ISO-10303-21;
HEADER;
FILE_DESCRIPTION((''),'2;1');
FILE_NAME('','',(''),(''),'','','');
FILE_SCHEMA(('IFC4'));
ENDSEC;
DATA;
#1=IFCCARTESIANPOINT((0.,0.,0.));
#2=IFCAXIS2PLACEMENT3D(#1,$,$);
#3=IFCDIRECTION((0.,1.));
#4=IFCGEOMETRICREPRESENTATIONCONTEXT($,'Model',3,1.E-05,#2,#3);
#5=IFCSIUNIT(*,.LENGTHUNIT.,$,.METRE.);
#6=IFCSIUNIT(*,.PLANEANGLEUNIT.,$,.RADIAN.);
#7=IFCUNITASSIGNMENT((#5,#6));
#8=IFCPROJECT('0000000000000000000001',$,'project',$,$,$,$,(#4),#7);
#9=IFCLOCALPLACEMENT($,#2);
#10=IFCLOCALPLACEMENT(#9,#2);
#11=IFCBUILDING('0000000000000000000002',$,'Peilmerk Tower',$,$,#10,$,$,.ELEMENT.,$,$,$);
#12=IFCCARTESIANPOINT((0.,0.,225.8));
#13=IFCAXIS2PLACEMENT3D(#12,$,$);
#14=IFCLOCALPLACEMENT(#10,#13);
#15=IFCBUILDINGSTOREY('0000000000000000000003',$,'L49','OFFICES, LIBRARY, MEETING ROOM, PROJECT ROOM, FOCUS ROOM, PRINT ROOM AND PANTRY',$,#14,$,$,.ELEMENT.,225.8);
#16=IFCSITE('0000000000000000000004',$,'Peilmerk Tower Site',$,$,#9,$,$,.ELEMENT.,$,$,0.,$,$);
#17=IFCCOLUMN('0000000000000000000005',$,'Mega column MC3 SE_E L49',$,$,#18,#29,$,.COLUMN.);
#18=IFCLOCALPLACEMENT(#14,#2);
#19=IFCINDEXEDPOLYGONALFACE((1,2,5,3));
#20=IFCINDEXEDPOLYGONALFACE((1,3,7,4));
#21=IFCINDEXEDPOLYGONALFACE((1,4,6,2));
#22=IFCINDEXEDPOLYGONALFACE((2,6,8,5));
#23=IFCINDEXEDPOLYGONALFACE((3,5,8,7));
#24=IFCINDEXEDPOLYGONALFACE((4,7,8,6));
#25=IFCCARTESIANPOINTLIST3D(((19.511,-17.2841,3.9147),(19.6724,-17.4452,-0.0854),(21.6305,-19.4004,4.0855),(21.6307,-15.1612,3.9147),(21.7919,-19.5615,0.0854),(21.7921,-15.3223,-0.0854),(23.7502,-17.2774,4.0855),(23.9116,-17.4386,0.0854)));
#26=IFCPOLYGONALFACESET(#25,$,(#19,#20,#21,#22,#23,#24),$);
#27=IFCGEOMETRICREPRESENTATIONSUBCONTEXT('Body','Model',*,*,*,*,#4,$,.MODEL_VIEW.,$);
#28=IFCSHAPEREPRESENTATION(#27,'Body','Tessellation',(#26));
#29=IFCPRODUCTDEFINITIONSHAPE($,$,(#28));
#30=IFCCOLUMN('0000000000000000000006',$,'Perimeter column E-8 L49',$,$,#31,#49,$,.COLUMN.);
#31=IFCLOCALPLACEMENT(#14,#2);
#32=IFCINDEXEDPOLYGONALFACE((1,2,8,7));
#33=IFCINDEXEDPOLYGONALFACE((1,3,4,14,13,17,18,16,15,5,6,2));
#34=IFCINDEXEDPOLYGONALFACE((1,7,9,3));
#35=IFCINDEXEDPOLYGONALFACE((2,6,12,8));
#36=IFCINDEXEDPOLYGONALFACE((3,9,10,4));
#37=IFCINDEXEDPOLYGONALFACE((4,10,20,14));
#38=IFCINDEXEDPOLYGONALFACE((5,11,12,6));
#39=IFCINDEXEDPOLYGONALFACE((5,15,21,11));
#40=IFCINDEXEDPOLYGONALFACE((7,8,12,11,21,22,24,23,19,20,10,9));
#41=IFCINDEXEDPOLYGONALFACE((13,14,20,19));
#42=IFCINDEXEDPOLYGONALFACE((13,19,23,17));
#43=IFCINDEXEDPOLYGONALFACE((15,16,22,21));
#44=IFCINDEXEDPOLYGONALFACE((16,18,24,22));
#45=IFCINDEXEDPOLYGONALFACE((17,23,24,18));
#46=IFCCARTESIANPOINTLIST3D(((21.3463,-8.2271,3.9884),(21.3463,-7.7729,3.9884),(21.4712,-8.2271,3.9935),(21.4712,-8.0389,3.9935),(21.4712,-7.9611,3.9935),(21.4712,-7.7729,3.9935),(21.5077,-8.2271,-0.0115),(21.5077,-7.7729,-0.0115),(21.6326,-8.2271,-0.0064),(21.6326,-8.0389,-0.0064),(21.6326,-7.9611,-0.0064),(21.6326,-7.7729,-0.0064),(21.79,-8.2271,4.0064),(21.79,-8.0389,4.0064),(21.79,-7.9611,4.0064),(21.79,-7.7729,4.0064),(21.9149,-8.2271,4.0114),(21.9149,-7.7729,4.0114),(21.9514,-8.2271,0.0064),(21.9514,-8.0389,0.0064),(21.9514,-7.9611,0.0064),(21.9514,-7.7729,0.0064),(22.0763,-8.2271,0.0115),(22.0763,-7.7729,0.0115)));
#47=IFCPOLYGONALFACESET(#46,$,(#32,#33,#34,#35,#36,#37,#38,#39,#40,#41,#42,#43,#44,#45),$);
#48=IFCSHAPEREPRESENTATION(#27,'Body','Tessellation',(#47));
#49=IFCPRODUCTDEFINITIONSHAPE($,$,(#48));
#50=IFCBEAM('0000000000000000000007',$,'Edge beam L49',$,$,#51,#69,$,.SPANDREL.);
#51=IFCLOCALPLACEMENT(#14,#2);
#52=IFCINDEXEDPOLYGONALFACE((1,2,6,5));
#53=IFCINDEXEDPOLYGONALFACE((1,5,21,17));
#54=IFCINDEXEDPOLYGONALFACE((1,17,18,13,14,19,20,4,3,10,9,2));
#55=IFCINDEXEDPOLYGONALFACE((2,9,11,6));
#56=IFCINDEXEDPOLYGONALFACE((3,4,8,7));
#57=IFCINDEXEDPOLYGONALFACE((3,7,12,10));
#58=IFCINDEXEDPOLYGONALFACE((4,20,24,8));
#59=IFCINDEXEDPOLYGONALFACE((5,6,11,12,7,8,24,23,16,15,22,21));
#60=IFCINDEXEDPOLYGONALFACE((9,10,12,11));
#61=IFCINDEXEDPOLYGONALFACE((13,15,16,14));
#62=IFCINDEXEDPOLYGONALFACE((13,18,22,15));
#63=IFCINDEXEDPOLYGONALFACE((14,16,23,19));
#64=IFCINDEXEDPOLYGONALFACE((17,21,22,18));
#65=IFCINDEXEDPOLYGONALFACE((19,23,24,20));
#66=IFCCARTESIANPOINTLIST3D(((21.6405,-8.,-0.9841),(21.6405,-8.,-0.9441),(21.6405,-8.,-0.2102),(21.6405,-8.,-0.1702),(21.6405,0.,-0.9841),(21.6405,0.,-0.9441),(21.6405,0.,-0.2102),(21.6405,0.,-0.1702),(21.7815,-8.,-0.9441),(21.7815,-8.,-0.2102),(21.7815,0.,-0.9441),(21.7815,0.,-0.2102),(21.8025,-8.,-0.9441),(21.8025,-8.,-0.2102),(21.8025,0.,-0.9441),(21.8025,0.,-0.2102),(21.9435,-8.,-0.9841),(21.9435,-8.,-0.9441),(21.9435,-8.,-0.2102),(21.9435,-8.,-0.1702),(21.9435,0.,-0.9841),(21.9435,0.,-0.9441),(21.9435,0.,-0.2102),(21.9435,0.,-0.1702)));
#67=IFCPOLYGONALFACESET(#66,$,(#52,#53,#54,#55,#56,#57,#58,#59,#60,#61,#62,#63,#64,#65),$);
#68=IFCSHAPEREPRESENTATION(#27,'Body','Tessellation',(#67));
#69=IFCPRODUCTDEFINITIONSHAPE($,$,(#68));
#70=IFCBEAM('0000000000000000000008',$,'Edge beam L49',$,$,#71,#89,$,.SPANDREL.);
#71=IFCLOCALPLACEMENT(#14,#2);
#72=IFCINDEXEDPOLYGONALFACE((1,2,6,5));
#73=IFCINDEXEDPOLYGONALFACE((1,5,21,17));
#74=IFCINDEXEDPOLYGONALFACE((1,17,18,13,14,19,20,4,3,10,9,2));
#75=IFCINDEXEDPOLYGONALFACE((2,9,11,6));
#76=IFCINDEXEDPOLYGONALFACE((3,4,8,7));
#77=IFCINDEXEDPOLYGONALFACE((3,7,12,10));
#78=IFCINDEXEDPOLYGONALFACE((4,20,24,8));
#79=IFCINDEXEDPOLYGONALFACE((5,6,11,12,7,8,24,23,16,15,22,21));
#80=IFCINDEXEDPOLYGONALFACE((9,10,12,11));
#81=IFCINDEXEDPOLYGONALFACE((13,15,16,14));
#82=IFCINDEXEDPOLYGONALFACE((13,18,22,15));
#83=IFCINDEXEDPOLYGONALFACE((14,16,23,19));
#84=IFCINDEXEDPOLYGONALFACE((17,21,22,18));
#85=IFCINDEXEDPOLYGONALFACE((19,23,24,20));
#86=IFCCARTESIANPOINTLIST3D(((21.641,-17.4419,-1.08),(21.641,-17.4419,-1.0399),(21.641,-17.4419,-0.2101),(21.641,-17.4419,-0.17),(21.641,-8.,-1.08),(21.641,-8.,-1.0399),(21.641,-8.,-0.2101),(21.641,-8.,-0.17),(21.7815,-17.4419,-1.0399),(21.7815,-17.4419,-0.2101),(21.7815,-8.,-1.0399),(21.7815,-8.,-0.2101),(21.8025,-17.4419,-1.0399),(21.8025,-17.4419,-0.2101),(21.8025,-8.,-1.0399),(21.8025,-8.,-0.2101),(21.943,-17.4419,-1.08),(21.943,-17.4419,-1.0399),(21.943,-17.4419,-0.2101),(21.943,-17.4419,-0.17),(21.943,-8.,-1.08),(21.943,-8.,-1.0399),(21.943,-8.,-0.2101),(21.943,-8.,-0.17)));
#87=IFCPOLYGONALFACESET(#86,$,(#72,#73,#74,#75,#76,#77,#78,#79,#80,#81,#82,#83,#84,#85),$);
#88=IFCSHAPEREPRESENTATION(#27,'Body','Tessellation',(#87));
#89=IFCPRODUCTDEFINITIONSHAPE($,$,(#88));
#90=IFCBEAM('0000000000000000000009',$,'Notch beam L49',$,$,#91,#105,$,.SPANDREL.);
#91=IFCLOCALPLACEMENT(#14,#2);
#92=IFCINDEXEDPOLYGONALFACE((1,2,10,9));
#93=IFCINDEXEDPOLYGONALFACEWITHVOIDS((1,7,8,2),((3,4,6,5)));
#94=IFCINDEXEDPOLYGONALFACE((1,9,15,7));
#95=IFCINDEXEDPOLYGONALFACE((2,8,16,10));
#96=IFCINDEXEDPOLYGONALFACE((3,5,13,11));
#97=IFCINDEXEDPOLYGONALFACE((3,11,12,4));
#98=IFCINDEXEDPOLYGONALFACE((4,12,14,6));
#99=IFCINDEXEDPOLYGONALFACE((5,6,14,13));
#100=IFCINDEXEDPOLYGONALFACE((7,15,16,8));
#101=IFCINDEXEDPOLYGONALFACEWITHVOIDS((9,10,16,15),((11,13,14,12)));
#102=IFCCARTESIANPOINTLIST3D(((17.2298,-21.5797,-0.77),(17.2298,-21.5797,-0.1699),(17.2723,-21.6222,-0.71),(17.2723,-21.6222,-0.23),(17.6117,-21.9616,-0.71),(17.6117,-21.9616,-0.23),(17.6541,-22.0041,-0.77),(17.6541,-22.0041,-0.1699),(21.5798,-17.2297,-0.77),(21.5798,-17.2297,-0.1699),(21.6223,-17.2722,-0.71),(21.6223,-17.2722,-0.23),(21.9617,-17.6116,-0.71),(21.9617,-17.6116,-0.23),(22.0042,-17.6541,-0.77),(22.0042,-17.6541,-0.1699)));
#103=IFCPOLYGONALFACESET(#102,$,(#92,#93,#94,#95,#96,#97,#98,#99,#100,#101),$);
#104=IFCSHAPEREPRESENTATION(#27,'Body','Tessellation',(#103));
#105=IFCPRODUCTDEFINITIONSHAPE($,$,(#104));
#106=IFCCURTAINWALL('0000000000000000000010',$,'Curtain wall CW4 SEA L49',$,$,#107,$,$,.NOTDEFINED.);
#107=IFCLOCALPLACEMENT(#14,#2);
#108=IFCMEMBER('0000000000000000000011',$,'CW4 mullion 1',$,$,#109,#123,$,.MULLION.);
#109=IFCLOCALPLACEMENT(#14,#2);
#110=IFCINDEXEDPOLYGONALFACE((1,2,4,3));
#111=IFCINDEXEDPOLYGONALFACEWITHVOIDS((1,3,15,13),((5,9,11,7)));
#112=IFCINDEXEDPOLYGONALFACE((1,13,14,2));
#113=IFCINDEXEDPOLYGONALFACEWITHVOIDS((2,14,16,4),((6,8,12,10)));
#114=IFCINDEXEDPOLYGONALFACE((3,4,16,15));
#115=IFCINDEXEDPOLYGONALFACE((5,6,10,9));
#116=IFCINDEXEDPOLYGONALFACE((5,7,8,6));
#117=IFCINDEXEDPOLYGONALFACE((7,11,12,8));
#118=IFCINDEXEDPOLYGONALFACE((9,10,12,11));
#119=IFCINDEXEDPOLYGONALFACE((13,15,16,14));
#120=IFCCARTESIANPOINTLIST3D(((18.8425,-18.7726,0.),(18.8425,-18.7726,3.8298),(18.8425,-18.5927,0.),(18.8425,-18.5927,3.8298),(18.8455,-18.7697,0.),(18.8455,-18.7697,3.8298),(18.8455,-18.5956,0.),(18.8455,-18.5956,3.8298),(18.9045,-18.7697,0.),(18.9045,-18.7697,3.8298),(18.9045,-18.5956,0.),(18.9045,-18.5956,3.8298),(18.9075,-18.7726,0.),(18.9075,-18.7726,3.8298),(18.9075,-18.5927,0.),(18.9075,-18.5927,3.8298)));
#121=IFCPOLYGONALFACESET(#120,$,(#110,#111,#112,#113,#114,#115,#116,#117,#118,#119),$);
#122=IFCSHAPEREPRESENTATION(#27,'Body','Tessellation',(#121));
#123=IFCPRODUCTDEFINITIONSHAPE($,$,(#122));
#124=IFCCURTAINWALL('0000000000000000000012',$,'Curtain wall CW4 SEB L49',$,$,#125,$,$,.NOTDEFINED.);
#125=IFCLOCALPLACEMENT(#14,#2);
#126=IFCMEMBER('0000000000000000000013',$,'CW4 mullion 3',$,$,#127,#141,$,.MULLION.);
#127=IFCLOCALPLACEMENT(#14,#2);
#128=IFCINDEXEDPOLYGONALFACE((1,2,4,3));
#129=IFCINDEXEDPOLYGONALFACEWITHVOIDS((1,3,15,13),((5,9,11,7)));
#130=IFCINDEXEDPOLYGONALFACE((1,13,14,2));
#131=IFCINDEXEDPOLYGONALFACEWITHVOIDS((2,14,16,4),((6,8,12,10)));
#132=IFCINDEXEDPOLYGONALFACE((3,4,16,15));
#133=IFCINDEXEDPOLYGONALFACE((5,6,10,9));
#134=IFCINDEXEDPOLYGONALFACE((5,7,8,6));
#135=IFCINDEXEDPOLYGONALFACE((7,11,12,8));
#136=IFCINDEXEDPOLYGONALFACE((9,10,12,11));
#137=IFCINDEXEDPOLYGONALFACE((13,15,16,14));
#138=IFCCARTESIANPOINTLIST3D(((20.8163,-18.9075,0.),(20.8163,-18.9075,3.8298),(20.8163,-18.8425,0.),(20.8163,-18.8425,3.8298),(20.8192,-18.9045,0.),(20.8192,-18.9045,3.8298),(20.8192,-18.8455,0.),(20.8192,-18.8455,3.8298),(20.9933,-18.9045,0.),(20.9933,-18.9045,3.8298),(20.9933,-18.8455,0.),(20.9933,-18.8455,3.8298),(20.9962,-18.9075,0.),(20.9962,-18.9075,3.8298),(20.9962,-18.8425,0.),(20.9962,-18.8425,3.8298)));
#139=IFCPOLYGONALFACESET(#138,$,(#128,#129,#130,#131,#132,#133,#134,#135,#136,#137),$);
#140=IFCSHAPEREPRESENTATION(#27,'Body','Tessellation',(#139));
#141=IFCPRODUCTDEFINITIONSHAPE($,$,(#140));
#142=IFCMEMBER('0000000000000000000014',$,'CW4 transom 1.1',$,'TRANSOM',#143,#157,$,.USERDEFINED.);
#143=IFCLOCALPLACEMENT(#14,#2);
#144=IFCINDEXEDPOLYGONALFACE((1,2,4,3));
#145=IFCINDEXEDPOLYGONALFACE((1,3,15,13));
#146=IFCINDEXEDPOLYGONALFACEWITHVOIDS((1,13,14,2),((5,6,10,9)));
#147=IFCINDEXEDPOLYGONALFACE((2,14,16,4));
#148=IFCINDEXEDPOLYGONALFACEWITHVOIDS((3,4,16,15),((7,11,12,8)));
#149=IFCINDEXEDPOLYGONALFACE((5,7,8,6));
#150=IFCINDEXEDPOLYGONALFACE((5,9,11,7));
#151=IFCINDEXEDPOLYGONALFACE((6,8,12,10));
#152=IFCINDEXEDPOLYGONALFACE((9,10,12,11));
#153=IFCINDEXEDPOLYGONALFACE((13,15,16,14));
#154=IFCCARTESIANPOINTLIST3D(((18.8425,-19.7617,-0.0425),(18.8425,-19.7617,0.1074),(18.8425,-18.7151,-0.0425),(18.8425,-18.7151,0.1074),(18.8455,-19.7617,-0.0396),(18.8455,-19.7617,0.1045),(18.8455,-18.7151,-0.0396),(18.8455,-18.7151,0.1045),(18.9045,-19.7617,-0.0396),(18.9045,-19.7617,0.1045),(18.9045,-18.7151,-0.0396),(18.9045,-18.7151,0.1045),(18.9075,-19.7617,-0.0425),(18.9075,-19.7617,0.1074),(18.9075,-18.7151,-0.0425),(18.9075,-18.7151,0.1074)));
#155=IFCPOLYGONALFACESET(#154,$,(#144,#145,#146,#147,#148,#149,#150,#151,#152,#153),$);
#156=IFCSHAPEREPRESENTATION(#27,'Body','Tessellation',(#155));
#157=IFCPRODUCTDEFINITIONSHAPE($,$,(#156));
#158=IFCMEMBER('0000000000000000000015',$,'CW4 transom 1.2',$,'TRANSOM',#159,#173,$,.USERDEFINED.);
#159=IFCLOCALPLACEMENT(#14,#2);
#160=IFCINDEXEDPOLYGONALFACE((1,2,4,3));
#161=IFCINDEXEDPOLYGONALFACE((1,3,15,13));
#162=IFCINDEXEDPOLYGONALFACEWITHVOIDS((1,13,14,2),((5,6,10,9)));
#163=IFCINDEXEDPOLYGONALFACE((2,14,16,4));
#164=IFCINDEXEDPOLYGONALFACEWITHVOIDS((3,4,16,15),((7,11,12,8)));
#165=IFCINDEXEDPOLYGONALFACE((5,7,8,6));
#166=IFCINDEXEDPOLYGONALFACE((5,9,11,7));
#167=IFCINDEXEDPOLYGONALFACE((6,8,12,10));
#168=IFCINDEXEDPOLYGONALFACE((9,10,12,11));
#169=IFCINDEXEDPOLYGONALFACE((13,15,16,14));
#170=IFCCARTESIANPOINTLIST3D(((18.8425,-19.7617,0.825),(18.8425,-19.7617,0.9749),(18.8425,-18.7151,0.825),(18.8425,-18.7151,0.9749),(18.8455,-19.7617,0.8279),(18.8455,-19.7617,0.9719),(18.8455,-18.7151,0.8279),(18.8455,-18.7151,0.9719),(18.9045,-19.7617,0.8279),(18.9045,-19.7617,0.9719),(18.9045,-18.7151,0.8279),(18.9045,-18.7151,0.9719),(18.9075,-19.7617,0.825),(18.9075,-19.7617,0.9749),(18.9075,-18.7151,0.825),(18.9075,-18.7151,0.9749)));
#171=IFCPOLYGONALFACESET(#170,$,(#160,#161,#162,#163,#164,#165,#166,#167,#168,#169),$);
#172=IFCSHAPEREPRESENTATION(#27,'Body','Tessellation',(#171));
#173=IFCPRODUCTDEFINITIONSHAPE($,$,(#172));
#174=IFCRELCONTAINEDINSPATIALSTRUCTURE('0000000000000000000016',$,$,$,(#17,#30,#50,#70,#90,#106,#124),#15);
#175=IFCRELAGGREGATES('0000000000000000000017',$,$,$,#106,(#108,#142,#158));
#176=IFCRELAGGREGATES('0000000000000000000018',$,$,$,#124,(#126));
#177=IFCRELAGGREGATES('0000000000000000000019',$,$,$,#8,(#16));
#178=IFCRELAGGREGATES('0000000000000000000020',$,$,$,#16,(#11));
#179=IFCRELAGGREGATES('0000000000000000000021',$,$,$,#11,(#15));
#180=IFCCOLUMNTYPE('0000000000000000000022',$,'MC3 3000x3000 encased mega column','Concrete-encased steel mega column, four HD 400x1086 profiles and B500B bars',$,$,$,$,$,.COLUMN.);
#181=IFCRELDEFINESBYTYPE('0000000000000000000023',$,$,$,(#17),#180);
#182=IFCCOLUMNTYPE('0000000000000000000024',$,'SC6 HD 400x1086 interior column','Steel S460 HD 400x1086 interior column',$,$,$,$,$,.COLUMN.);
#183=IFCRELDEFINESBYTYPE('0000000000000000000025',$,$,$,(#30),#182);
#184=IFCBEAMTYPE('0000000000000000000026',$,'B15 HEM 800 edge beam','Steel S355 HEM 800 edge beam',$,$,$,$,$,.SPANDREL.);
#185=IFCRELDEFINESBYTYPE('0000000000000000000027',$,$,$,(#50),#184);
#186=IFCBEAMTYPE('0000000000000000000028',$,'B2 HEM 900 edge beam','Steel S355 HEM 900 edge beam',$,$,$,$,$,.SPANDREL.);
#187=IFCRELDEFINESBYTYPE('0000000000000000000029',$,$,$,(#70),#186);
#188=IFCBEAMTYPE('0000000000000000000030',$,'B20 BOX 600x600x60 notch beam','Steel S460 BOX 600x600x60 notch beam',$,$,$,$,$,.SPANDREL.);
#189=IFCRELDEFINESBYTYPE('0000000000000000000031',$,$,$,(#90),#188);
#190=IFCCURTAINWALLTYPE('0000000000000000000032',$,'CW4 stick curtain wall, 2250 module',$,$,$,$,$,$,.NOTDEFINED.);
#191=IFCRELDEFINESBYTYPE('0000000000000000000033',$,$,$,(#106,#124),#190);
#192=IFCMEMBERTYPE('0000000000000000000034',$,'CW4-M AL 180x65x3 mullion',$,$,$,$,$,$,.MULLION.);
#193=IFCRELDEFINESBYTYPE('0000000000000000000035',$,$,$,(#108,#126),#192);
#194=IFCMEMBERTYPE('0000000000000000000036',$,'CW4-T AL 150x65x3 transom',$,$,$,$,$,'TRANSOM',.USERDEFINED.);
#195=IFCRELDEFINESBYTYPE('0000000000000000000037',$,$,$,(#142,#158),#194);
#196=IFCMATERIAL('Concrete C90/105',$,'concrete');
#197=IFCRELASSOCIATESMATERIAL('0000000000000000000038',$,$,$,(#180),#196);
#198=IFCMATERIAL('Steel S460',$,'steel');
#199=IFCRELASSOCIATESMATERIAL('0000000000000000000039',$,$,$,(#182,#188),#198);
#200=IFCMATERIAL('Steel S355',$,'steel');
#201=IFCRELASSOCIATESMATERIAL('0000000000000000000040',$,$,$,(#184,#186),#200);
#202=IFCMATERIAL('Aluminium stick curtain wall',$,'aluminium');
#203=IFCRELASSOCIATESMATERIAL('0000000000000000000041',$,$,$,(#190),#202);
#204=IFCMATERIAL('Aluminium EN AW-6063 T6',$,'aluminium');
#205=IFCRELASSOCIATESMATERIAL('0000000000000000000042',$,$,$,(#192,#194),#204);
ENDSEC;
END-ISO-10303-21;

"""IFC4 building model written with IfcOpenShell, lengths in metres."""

from ifc_helpers import new_model, si_unit, direction, frame, origin, origin_2d, place, context, subcontext, project, spatial, rectangle, hollow_rectangle, i_section, extrude, material, material_profile, profile_set, type_object, element, aggregate, save


model = new_model("IFC4")

# Units and contexts
model_context = context("Model", 3, precision=1e-05, world=origin(), true_north=direction((0.0, 1.0)))
body_context = subcontext(model_context, "Body", "Model", "MODEL_VIEW")
ifc_project = project(units=[si_unit("LENGTHUNIT", "METRE"), si_unit("PLANEANGLEUNIT", "RADIAN")], contexts=[model_context])

# Site, building, storey
site_placement = place(None, origin())
site = spatial("IfcSite", under=ifc_project, at=site_placement, Name="Peilmerk Tower Site", CompositionType="ELEMENT", RefElevation=0.0)
building_placement = place(site_placement, origin())
building = spatial("IfcBuilding", under=site, at=building_placement, Name="Peilmerk Tower", CompositionType="ELEMENT")
storey_placement = place(building_placement, frame((0.0, 0.0, 225.8)))
storey = spatial("IfcBuildingStorey", under=building, at=storey_placement, Name="L49", Description="OFFICES, LIBRARY, MEETING ROOM, PROJECT ROOM, FOCUS ROOM, PRINT ROOM AND PANTRY", CompositionType="ELEMENT", Elevation=225.8)

# Columns
ifc_material_1 = material(Name="Concrete C90/105", Category="concrete")
ifc_material_profile_1 = material_profile(ifc_material_1, rectangle(XDim=3.0, YDim=3.0, at=origin_2d()), Name="RC 3000x3000")
ifc_profile_set_1 = profile_set([ifc_material_profile_1], Name="Concrete C90/105")
column_type_1 = type_object("IfcColumnType", Name="MC3 3000x3000 encased mega column", Description="Concrete-encased steel mega column, four HD 400x1086 profiles and B500B bars", PredefinedType="COLUMN", material=ifc_profile_set_1)
column_1_placement = place(storey_placement, frame((21.792, -17.4419, 0.0), z_axis=(-0.040279, 0.040218, 0.998379), x_axis=(-0.706571, -0.707642, 0.0)))
element("IfcColumn", 1, at=column_1_placement, inside=storey, type_object=column_type_1, Name="Mega column MC3 SE_E L49", PredefinedType="COLUMN", context=body_context, shape_type="SweptSolid", body=[
    extrude(rectangle(XDim=3.0, YDim=3.0, at=origin_2d()), origin(), (0.0, 0.0, 1.0), 4.0066),
])
ifc_material_2 = material(Name="Steel S460", Category="steel")
ifc_material_profile_2 = material_profile(ifc_material_2, i_section(OverallWidth=0.4541, OverallDepth=0.5691, WebThickness=0.0779, FlangeThickness=0.125, at=origin_2d()), Name="HD 400x1086")
ifc_profile_set_2 = profile_set([ifc_material_profile_2], Name="Steel S460")
column_type_2 = type_object("IfcColumnType", Name="SC6 HD 400x1086 interior column", Description="Steel S460 HD 400x1086 interior column", PredefinedType="COLUMN", material=ifc_profile_set_2)
column_2_placement = place(storey_placement, frame((21.792, -8.0, 0.0), z_axis=(-0.040311, 0.0, 0.999187), x_axis=(0.0, -1.0, 0.0)))
element("IfcColumn", 2, at=column_2_placement, inside=storey, type_object=column_type_2, Name="Perimeter column E-8 L49", PredefinedType="COLUMN", context=body_context, shape_type="SweptSolid", body=[
    extrude(i_section(OverallWidth=0.4541, OverallDepth=0.5691, WebThickness=0.0779, FlangeThickness=0.125, at=origin_2d()), origin(), (0.0, 0.0, 1.0), 4.0032),
])

# Beams
ifc_material_3 = material(Name="Steel S355", Category="steel")
ifc_material_profile_3 = material_profile(ifc_material_3, i_section(OverallWidth=0.303, OverallDepth=0.814, WebThickness=0.021, FlangeThickness=0.04, at=origin_2d()), Name="HEM 800")
ifc_profile_set_3 = profile_set([ifc_material_profile_3], Name="Steel S355")
beam_type_1 = type_object("IfcBeamType", Name="B15 HEM 800 edge beam", Description="Steel S355 HEM 800 edge beam", PredefinedType="SPANDREL", material=ifc_profile_set_3)
beam_1_placement = place(storey_placement, frame((21.792, -8.0, -0.5771), z_axis=(0.0, 1.0, 0.0), x_axis=(-1.0, 0.0, 0.0)))
element("IfcBeam", 3, at=beam_1_placement, inside=storey, type_object=beam_type_1, Name="Edge beam L49", PredefinedType="SPANDREL", context=body_context, shape_type="SweptSolid", body=[
    extrude(i_section(OverallWidth=0.303, OverallDepth=0.814, WebThickness=0.021, FlangeThickness=0.04, at=origin_2d()), origin(), (0.0, 0.0, 1.0), 8.0),
])
ifc_material_profile_4 = material_profile(ifc_material_3, i_section(OverallWidth=0.302, OverallDepth=0.9099, WebThickness=0.021, FlangeThickness=0.04, at=origin_2d()), Name="HEM 900")
ifc_profile_set_4 = profile_set([ifc_material_profile_4], Name="Steel S355")
beam_type_2 = type_object("IfcBeamType", Name="B2 HEM 900 edge beam", Description="Steel S355 HEM 900 edge beam", PredefinedType="SPANDREL", material=ifc_profile_set_4)
beam_2_placement = place(storey_placement, frame((21.792, -17.4419, -0.625), z_axis=(0.0, 1.0, 0.0), x_axis=(-1.0, 0.0, 0.0)))
element("IfcBeam", 4, at=beam_2_placement, inside=storey, type_object=beam_type_2, Name="Edge beam L49", PredefinedType="SPANDREL", context=body_context, shape_type="SweptSolid", body=[
    extrude(i_section(OverallWidth=0.302, OverallDepth=0.9099, WebThickness=0.021, FlangeThickness=0.04, at=origin_2d()), origin(), (0.0, 0.0, 1.0), 9.4419),
])
ifc_material_profile_5 = material_profile(ifc_material_2, hollow_rectangle(XDim=0.6001, YDim=0.6001, WallThickness=0.0601, at=origin_2d()), Name="BOX 600x600x60")
ifc_profile_set_5 = profile_set([ifc_material_profile_5], Name="Steel S460")
beam_type_3 = type_object("IfcBeamType", Name="B20 BOX 600x600x60 notch beam", Description="Steel S460 BOX 600x600x60 notch beam", PredefinedType="SPANDREL", material=ifc_profile_set_5)
beam_3_placement = place(storey_placement, frame((21.792, -17.4419, -0.47), z_axis=(-0.707107, -0.707107, 0.0), x_axis=(0.707107, -0.707107, 0.0)))
element("IfcBeam", 5, at=beam_3_placement, inside=storey, type_object=beam_type_3, Name="Notch beam L49", PredefinedType="SPANDREL", context=body_context, shape_type="SweptSolid", body=[
    extrude(hollow_rectangle(XDim=0.6001, YDim=0.6001, WallThickness=0.0601, at=origin_2d()), origin(), (0.0, 0.0, 1.0), 6.1519),
])

# Curtain walls, members
ifc_material_4 = material(Name="Aluminium stick curtain wall", Category="aluminium")
curtain_wall_type = type_object("IfcCurtainWallType", Name="CW4 stick curtain wall, 2250 module", PredefinedType="NOTDEFINED", material=ifc_material_4)
curtain_wall_1_placement = place(storey_placement, origin())
curtain_wall_1 = element("IfcCurtainWall", 6, at=curtain_wall_1_placement, inside=storey, type_object=curtain_wall_type, Name="Curtain wall CW4 SEA L49", PredefinedType="NOTDEFINED")
ifc_material_5 = material(Name="Aluminium EN AW-6063 T6", Category="aluminium")
ifc_material_profile_6 = material_profile(ifc_material_5, hollow_rectangle(XDim=0.0649, YDim=0.1799, WallThickness=0.0029, at=origin_2d()), Name="AL 180x65x3")
ifc_profile_set_6 = profile_set([ifc_material_profile_6], Name="Aluminium EN AW-6063 T6")
member_type_1 = type_object("IfcMemberType", Name="CW4-M AL 180x65x3 mullion", PredefinedType="MULLION", material=ifc_profile_set_6)
member_1_placement = place(storey_placement, frame((18.875, -18.6826, 0.0), z_axis=(0.0, 0.0, 1.0), x_axis=(1.0, 0.0, 0.0)))
member_1 = element("IfcMember", 7, at=member_1_placement, type_object=member_type_1, Name="CW4 mullion 1", PredefinedType="MULLION", context=body_context, shape_type="SweptSolid", body=[
    extrude(hollow_rectangle(XDim=0.0649, YDim=0.1799, WallThickness=0.0029, at=origin_2d()), origin(), (0.0, 0.0, 1.0), 3.8298),
])
curtain_wall_2_placement = place(storey_placement, origin())
curtain_wall_2 = element("IfcCurtainWall", 8, at=curtain_wall_2_placement, inside=storey, type_object=curtain_wall_type, Name="Curtain wall CW4 SEB L49", PredefinedType="NOTDEFINED")
member_2_placement = place(storey_placement, frame((20.9062, -18.875, 0.0), z_axis=(0.0, 0.0, 1.0), x_axis=(0.0, 1.0, 0.0)))
member_2 = element("IfcMember", 9, at=member_2_placement, type_object=member_type_1, Name="CW4 mullion 3", PredefinedType="MULLION", context=body_context, shape_type="SweptSolid", body=[
    extrude(hollow_rectangle(XDim=0.0649, YDim=0.1799, WallThickness=0.0029, at=origin_2d()), origin(), (0.0, 0.0, 1.0), 3.8298),
])

# Members
ifc_material_profile_7 = material_profile(ifc_material_5, hollow_rectangle(XDim=0.0649, YDim=0.1499, WallThickness=0.0029, at=origin_2d()), Name="AL 150x65x3")
ifc_profile_set_7 = profile_set([ifc_material_profile_7], Name="Aluminium EN AW-6063 T6")
member_type_2 = type_object("IfcMemberType", Name="CW4-T AL 150x65x3 transom", ElementType="TRANSOM", PredefinedType="USERDEFINED", material=ifc_profile_set_7)
member_3_placement = place(storey_placement, frame((18.875, -18.7151, 0.0325), z_axis=(0.0, -1.0, 0.0), x_axis=(1.0, 0.0, 0.0)))
member_3 = element("IfcMember", 10, at=member_3_placement, type_object=member_type_2, Name="CW4 transom 1.1", ObjectType="TRANSOM", PredefinedType="USERDEFINED", context=body_context, shape_type="SweptSolid", body=[
    extrude(hollow_rectangle(XDim=0.0649, YDim=0.1499, WallThickness=0.0029, at=origin_2d()), origin(), (0.0, 0.0, 1.0), 1.0466),
])
member_4_placement = place(storey_placement, frame((18.875, -18.7151, 0.8999), z_axis=(0.0, -1.0, 0.0), x_axis=(1.0, 0.0, 0.0)))
member_4 = element("IfcMember", 11, at=member_4_placement, type_object=member_type_2, Name="CW4 transom 1.2", ObjectType="TRANSOM", PredefinedType="USERDEFINED", context=body_context, shape_type="SweptSolid", body=[
    extrude(hollow_rectangle(XDim=0.0649, YDim=0.1499, WallThickness=0.0029, at=origin_2d()), origin(), (0.0, 0.0, 1.0), 1.0466),
])
aggregate(curtain_wall_1, [member_1, member_3, member_4])

aggregate(curtain_wall_2, [member_2])

save(model, "model.ifc")
